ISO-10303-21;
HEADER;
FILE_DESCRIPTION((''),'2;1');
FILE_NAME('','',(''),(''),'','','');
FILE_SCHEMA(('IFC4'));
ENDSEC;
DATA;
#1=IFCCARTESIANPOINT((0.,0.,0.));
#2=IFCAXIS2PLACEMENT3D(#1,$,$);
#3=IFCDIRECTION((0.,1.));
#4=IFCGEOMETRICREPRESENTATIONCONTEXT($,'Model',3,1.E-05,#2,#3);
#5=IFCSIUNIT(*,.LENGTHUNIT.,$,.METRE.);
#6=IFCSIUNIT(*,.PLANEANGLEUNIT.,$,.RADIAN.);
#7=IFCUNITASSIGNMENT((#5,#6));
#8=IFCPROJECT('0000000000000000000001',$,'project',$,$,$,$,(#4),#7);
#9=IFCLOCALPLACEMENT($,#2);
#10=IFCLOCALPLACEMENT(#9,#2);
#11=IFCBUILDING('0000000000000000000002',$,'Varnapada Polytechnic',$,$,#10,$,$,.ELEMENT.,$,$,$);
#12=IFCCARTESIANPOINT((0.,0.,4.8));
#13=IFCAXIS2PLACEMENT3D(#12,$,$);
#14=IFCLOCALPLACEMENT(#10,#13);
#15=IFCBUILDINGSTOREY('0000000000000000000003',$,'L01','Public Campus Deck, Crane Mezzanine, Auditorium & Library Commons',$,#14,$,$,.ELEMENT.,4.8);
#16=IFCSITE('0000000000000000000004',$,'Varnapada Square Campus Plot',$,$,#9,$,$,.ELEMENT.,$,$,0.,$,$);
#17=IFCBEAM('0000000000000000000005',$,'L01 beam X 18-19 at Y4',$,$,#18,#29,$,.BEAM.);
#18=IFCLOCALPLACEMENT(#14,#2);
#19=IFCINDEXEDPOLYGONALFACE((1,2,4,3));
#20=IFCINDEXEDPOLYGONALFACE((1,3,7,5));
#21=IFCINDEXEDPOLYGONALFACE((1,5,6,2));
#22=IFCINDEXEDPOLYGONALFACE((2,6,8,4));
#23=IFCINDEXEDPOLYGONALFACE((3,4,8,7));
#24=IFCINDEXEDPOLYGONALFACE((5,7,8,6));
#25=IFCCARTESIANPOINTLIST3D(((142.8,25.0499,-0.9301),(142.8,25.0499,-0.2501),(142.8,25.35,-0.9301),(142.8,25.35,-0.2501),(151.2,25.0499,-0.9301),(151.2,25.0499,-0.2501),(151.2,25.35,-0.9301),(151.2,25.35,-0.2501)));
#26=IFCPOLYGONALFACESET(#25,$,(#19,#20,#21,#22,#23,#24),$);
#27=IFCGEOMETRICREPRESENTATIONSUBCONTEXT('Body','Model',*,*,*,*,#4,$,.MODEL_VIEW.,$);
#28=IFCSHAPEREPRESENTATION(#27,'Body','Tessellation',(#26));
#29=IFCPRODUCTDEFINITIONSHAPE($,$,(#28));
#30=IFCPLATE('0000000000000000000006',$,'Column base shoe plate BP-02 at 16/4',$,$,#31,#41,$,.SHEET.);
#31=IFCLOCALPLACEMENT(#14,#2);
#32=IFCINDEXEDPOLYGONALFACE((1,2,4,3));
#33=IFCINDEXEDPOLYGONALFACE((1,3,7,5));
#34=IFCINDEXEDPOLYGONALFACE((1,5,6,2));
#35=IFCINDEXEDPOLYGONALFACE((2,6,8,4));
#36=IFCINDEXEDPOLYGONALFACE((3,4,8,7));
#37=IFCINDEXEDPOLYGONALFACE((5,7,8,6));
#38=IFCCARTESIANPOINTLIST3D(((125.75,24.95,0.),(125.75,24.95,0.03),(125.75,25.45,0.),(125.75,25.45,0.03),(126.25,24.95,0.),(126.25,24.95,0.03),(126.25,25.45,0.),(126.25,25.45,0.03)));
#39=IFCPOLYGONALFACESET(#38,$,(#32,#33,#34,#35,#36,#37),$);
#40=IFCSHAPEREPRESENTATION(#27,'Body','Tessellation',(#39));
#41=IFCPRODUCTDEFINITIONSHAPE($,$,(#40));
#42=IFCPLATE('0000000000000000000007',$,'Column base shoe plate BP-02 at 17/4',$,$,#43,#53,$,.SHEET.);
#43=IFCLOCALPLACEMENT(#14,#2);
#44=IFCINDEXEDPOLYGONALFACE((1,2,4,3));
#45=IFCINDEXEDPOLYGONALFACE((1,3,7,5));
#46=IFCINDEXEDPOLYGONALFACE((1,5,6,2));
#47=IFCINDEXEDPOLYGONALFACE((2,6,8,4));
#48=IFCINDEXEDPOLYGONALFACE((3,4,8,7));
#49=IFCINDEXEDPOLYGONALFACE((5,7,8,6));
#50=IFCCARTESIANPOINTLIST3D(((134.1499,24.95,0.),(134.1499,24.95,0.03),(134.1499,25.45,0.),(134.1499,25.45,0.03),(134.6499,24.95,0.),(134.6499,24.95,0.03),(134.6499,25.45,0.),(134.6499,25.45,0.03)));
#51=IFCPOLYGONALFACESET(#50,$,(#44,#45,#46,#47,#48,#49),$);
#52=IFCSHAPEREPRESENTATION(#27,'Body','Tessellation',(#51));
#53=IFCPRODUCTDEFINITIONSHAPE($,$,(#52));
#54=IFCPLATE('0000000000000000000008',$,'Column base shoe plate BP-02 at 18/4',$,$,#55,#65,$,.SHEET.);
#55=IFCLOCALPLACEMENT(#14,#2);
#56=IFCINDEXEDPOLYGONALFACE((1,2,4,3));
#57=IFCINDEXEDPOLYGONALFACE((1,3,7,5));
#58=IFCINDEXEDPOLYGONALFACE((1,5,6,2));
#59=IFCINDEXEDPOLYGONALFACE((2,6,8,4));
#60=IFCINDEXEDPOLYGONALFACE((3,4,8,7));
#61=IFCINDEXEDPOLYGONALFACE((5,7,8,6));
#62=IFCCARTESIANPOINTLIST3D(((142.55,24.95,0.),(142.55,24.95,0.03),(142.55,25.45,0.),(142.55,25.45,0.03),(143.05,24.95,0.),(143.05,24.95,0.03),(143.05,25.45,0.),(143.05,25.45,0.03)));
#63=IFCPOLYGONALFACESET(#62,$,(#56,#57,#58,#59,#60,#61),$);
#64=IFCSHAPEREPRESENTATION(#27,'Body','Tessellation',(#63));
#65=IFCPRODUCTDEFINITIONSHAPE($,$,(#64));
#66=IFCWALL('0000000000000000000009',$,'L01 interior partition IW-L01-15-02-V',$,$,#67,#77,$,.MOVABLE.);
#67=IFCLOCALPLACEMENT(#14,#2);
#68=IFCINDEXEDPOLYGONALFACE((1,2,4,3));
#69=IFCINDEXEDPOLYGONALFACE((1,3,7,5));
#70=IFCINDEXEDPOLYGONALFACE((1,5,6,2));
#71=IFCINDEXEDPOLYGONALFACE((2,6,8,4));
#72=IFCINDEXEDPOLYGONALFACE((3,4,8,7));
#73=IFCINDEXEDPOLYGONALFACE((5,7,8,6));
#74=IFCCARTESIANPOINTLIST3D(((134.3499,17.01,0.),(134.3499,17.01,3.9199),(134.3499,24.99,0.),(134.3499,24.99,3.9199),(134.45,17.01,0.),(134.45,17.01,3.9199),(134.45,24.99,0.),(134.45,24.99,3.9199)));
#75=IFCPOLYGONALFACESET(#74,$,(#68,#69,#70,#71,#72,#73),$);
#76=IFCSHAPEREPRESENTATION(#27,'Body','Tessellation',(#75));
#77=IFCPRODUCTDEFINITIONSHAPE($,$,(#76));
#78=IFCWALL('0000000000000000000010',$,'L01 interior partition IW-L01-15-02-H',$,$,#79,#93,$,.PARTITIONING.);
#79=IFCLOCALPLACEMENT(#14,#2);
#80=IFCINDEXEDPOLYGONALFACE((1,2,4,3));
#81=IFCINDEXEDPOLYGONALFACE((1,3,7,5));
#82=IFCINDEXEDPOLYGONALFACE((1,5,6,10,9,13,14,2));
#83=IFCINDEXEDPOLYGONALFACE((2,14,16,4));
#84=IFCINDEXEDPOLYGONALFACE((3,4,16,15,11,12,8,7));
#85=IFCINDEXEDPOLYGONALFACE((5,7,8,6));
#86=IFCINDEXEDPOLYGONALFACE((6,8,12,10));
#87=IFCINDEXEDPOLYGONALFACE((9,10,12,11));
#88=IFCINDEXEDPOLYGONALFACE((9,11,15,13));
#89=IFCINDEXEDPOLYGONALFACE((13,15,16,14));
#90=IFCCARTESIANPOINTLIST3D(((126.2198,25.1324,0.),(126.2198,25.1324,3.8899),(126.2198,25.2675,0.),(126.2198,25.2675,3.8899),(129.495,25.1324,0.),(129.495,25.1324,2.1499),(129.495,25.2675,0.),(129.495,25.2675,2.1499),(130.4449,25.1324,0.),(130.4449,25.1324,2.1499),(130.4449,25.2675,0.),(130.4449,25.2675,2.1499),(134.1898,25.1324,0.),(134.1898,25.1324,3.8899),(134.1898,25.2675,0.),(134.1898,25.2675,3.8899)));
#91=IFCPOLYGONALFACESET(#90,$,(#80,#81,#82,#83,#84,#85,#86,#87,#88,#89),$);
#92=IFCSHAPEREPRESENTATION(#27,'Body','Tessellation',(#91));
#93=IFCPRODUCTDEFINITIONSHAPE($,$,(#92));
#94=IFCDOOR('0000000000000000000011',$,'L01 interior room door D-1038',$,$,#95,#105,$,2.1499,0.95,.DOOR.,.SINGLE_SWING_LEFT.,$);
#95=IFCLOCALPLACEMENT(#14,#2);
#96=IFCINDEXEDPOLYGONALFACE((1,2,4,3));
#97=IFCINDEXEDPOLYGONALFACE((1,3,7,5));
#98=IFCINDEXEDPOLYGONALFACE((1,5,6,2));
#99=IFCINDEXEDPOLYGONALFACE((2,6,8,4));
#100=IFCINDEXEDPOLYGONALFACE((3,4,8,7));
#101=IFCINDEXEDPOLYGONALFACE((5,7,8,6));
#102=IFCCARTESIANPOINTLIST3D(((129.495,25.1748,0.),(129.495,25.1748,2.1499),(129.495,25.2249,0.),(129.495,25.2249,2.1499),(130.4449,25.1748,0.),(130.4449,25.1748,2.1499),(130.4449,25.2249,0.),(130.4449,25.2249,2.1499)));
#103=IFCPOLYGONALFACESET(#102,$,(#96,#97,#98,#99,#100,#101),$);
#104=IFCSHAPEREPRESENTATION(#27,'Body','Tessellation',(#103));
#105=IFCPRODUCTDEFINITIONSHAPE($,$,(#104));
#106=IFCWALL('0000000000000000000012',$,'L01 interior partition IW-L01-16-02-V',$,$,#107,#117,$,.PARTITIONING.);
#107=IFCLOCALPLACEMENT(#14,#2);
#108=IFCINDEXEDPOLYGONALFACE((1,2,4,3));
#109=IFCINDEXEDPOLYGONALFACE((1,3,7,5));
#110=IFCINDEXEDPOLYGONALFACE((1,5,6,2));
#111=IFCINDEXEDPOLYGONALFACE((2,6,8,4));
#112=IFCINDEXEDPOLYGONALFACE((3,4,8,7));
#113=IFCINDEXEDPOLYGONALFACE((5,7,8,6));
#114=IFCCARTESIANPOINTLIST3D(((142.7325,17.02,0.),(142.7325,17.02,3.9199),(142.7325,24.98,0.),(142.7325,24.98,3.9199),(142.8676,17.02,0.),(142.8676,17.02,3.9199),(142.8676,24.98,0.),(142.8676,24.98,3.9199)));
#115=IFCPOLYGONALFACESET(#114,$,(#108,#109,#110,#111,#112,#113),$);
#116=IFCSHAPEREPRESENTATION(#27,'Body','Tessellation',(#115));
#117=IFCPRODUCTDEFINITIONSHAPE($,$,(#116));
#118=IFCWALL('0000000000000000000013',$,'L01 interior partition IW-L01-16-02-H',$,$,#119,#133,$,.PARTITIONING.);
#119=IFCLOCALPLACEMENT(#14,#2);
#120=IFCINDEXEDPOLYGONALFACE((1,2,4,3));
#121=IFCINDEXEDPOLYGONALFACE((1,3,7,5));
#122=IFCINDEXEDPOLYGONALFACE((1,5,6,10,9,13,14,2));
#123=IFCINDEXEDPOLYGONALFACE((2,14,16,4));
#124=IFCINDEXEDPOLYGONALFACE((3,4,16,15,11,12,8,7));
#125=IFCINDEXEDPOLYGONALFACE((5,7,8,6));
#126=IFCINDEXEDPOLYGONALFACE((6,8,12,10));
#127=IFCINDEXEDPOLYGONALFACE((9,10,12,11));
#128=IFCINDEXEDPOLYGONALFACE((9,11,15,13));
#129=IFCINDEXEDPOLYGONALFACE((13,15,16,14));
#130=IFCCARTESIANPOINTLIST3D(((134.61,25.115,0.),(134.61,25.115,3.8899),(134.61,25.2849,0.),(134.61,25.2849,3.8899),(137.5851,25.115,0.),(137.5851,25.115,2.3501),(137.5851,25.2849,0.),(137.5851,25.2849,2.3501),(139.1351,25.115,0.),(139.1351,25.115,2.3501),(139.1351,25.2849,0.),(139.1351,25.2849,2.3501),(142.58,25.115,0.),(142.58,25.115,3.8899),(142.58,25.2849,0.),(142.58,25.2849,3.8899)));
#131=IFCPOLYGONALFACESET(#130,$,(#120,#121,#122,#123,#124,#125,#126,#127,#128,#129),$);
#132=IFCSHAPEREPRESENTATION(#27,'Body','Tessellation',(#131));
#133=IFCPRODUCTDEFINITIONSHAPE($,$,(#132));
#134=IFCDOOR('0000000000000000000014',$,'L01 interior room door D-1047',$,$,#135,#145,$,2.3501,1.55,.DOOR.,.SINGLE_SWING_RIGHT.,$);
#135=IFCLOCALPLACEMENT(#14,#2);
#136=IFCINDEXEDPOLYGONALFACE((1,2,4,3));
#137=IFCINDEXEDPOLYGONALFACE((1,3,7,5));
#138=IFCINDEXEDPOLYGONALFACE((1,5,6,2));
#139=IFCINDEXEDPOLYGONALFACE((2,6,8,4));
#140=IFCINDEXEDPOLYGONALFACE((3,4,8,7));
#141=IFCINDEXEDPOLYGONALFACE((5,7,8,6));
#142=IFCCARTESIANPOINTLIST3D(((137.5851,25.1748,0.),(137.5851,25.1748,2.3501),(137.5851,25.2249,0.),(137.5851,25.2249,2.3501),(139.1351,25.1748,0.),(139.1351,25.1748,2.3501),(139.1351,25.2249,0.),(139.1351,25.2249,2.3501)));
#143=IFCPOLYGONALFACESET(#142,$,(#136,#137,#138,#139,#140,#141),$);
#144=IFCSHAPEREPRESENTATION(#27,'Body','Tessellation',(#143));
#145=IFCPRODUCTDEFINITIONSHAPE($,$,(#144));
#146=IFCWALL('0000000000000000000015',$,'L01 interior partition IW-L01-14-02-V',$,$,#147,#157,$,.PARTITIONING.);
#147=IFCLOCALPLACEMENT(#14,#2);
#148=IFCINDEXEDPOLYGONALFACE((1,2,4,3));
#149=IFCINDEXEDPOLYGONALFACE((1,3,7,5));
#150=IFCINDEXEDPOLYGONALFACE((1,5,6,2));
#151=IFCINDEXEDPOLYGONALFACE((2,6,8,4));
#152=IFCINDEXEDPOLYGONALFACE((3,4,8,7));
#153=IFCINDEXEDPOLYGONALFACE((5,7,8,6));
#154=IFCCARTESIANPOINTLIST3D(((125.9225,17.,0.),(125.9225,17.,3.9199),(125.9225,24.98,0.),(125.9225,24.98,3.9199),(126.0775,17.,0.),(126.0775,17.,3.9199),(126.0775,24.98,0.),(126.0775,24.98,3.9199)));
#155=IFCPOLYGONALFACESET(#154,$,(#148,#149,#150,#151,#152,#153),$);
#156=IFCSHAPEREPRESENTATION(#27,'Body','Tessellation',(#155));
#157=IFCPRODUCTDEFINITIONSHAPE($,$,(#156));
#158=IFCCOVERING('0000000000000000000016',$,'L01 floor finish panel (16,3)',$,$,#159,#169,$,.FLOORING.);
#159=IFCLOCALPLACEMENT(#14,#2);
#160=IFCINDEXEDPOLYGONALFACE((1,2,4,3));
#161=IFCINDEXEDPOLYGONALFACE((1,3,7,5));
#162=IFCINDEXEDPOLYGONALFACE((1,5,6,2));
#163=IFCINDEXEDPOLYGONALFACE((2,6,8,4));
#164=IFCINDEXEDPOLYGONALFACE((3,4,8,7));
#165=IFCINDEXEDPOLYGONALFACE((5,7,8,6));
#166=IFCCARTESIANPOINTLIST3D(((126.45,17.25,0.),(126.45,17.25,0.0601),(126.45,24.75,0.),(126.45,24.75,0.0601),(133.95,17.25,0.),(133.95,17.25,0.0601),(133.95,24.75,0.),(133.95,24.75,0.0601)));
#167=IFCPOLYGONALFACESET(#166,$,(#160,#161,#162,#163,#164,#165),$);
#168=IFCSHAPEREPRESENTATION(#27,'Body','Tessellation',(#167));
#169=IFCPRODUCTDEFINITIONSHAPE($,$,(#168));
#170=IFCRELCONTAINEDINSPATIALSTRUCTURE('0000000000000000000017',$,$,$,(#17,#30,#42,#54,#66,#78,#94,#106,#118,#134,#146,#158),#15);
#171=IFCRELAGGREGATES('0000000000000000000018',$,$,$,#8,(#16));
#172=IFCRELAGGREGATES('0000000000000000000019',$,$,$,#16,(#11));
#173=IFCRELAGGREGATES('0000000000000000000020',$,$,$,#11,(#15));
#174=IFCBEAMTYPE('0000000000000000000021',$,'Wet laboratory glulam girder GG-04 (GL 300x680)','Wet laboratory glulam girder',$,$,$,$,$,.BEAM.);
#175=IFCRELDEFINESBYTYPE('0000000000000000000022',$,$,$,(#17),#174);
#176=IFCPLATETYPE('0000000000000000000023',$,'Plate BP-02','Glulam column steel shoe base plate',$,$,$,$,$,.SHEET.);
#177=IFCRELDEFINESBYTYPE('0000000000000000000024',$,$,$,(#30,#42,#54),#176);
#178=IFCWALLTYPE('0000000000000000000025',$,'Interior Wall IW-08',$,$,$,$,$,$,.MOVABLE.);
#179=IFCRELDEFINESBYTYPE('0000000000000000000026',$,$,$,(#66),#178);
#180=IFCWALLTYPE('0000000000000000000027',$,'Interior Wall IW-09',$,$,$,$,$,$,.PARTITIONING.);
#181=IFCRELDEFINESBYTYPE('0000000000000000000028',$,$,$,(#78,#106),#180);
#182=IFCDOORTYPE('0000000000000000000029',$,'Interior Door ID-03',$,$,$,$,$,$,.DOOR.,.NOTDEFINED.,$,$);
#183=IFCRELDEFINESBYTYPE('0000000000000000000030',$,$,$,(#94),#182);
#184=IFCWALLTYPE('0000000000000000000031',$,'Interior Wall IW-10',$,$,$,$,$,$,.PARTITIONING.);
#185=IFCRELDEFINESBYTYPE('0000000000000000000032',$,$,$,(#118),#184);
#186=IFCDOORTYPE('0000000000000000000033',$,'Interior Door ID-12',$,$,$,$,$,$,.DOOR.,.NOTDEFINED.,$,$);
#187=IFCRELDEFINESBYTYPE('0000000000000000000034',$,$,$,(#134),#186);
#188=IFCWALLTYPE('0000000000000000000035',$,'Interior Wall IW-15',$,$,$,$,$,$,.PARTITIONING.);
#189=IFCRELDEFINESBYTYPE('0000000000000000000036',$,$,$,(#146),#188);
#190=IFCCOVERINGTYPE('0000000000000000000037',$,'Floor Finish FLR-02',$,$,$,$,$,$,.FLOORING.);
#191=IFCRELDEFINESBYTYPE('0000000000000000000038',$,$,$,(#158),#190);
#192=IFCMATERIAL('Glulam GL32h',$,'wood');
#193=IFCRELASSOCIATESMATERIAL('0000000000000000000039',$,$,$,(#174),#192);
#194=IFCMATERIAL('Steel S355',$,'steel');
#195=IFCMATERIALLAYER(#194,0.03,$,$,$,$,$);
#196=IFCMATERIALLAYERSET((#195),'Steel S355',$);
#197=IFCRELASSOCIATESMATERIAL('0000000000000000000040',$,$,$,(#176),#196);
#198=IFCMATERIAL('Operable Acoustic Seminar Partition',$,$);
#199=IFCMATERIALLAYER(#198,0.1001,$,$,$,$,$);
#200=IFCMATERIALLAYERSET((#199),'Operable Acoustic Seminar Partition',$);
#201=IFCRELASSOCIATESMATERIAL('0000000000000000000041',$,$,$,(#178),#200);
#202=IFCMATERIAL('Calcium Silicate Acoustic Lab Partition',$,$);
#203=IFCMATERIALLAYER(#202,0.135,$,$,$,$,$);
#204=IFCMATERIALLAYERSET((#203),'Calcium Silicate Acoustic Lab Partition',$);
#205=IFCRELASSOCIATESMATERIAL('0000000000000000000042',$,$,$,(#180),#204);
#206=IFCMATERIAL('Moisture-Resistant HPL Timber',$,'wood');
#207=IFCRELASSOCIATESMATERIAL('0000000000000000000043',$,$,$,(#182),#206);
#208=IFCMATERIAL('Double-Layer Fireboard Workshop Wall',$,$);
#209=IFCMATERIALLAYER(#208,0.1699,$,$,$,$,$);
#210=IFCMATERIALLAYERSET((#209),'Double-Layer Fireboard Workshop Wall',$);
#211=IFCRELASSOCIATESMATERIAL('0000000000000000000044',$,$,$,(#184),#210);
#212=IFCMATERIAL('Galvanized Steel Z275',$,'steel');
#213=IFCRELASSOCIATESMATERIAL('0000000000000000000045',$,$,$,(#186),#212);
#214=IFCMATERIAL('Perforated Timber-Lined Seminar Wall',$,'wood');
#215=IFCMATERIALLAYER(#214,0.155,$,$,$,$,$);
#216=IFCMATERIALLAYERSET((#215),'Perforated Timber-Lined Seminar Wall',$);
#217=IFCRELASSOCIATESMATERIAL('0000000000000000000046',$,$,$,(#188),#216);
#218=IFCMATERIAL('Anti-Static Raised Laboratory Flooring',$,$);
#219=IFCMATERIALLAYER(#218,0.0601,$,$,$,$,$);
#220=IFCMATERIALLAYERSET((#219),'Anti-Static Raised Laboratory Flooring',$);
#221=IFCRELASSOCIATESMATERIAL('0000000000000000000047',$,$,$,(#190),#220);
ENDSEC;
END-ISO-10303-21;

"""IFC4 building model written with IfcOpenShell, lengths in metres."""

from ifc_helpers import new_model, si_unit, direction, frame, frame_2d, origin, origin_2d, place, context, subcontext, project, spatial, rectangle, extrude, material, layer, layer_set, material_profile, profile_set, type_object, element, fill, save


model = new_model("IFC4")

# Units and contexts
model_context = context("Model", 3, precision=1e-05, world=origin(), true_north=direction((0.0, 1.0)))
body_context = subcontext(model_context, "Body", "Model", "MODEL_VIEW")
ifc_project = project(units=[si_unit("LENGTHUNIT", "METRE"), si_unit("PLANEANGLEUNIT", "RADIAN")], contexts=[model_context])

# Site, building, storey
site_placement = place(None, origin())
site = spatial("IfcSite", under=ifc_project, at=site_placement, Name="Varnapada Square Campus Plot", CompositionType="ELEMENT", RefElevation=0.0)
building_placement = place(site_placement, origin())
building = spatial("IfcBuilding", under=site, at=building_placement, Name="Varnapada Polytechnic", CompositionType="ELEMENT")
storey_placement = place(building_placement, frame((0.0, 0.0, 4.8)))
storey = spatial("IfcBuildingStorey", under=building, at=storey_placement, Name="L01", Description="Public Campus Deck, Crane Mezzanine, Auditorium & Library Commons", CompositionType="ELEMENT", Elevation=4.8)

# Shared definitions
ifc_material_1 = material(Name="Glulam GL32h", Category="wood")

# Beam
ifc_material_profile_1 = material_profile(ifc_material_1, rectangle(XDim=0.3, YDim=0.6799, at=origin_2d()), Name="GL 300x680")
ifc_profile_set_1 = profile_set([ifc_material_profile_1], Name="Glulam GL32h")
beam_type_1 = type_object("IfcBeamType", Name="Wet laboratory glulam girder GG-04 (GL 300x680)", Description="Wet laboratory glulam girder", PredefinedType="BEAM", material=ifc_profile_set_1)
for number, where, z_axis, x_axis, name in (
    (1, (142.8, 25.2, -0.5901), (1.0, 0.0, 0.0), (0.0, 1.0, 0.0), "L01 beam X 18-19 at Y4"),
):
    element("IfcBeam", number, at=place(storey_placement, frame(where, z_axis=z_axis, x_axis=x_axis)), inside=storey, type_object=beam_type_1, Name=name, PredefinedType="BEAM", context=body_context, shape_type="SweptSolid", body=[
        extrude(rectangle(XDim=0.3, YDim=0.6799, at=origin_2d()), origin(), (0.0, 0.0, 1.0), 8.3999),
    ])

# Plates
ifc_material_2 = material(Name="Steel S355", Category="steel")
ifc_layer_1 = layer(ifc_material_2, 0.03)
ifc_layer_set_1 = layer_set([ifc_layer_1], Name="Steel S355")
plate_type = type_object("IfcPlateType", Name="Plate BP-02", Description="Glulam column steel shoe base plate", PredefinedType="SHEET", material=ifc_layer_set_1)
for number, where, z_axis, x_axis, name in (
    (2, (126.0, 25.2, 0.0), (0.0, 0.0, 1.0), (1.0, 0.0, 0.0), "Column base shoe plate BP-02 at 16/4"),
    (3, (134.3999, 25.2, 0.0), (0.0, 0.0, 1.0), (1.0, 0.0, 0.0), "Column base shoe plate BP-02 at 17/4"),
    (4, (142.8, 25.2, 0.0), (0.0, 0.0, 1.0), (1.0, 0.0, 0.0), "Column base shoe plate BP-02 at 18/4"),
):
    element("IfcPlate", number, at=place(storey_placement, frame(where, z_axis=z_axis, x_axis=x_axis)), inside=storey, type_object=plate_type, Name=name, PredefinedType="SHEET", context=body_context, shape_type="SweptSolid", body=[
        extrude(rectangle(XDim=0.5, YDim=0.5, at=origin_2d()), origin(), (0.0, 0.0, 1.0), 0.03),
    ])

# Wall
ifc_material_3 = material(Name="Operable Acoustic Seminar Partition")
ifc_layer_2 = layer(ifc_material_3, 0.1001)
ifc_layer_set_2 = layer_set([ifc_layer_2], Name="Operable Acoustic Seminar Partition")
wall_type_1 = type_object("IfcWallType", Name="Interior Wall IW-08", PredefinedType="MOVABLE", material=ifc_layer_set_2)
wall_1_placement = place(storey_placement, frame((134.3999, 17.01, 0.0), z_axis=(0.0, 0.0, 1.0), x_axis=(0.0, 1.0, 0.0)))
element("IfcWall", 5, at=wall_1_placement, inside=storey, type_object=wall_type_1, Name="L01 interior partition IW-L01-15-02-V", PredefinedType="MOVABLE", context=body_context, shape_type="SweptSolid", body=[
    extrude(rectangle(XDim=7.98, YDim=0.1001, at=frame_2d((3.99, 0.0))), origin(), (0.0, 0.0, 1.0), 3.9199),
])

# Wall, opening, door
ifc_material_4 = material(Name="Calcium Silicate Acoustic Lab Partition")
ifc_layer_3 = layer(ifc_material_4, 0.135)
ifc_layer_set_3 = layer_set([ifc_layer_3], Name="Calcium Silicate Acoustic Lab Partition")
wall_type_2 = type_object("IfcWallType", Name="Interior Wall IW-09", PredefinedType="PARTITIONING", material=ifc_layer_set_3)
wall_2_placement = place(storey_placement, frame((126.22, 25.2, 0.0), z_axis=(0.0, 0.0, 1.0), x_axis=(1.0, 0.0, 0.0)))
wall_2 = element("IfcWall", 6, at=wall_2_placement, inside=storey, type_object=wall_type_2, Name="L01 interior partition IW-L01-15-02-H", PredefinedType="PARTITIONING", context=body_context, shape_type="SweptSolid", body=[
    extrude(rectangle(XDim=7.97, YDim=0.135, at=frame_2d((3.9849, 0.0))), origin(), (0.0, 0.0, 1.0), 3.8899),
])
opening_1_placement = place(wall_2_placement, frame((3.2749, 0.0, 0.0)))
opening_1 = element("IfcOpeningElement", 7, at=opening_1_placement, cuts=wall_2, PredefinedType="OPENING", context=body_context, shape_type="SweptSolid", body=[
    extrude(rectangle(XDim=0.95, YDim=2.1499, at=frame_2d((0.4751, 1.075))), frame((0.0, 0.0774, 0.0), z_axis=(0.0, -1.0, 0.0), x_axis=(1.0, 0.0, 0.0)), (0.0, 0.0, 1.0), 0.155),
])
ifc_material_5 = material(Name="Moisture-Resistant HPL Timber", Category="wood")
door_type_1 = type_object("IfcDoorType", Name="Interior Door ID-03", OperationType="NOTDEFINED", PredefinedType="DOOR", material=ifc_material_5)
door_1_placement = place(opening_1_placement, origin())
door_1 = element("IfcDoor", 8, at=door_1_placement, inside=storey, type_object=door_type_1, Name="L01 interior room door D-1038", OperationType="SINGLE_SWING_LEFT", OverallHeight=2.1499, OverallWidth=0.95, PredefinedType="DOOR", context=body_context, shape_type="SweptSolid", body=[
    extrude(rectangle(XDim=0.95, YDim=2.1499, at=frame_2d((0.4751, 1.075))), frame((0.0, 0.0249, 0.0), z_axis=(0.0, -1.0, 0.0), x_axis=(1.0, 0.0, 0.0)), (0.0, 0.0, 1.0), 0.05),
])
fill(opening_1, door_1)

# Wall
wall_3_placement = place(storey_placement, frame((142.8, 17.02, 0.0), z_axis=(0.0, 0.0, 1.0), x_axis=(0.0, 1.0, 0.0)))
element("IfcWall", 9, at=wall_3_placement, inside=storey, type_object=wall_type_2, Name="L01 interior partition IW-L01-16-02-V", PredefinedType="PARTITIONING", context=body_context, shape_type="SweptSolid", body=[
    extrude(rectangle(XDim=7.96, YDim=0.135, at=frame_2d((3.98, 0.0))), origin(), (0.0, 0.0, 1.0), 3.9199),
])

# Wall, opening, door
ifc_material_6 = material(Name="Double-Layer Fireboard Workshop Wall")
ifc_layer_4 = layer(ifc_material_6, 0.1699)
ifc_layer_set_4 = layer_set([ifc_layer_4], Name="Double-Layer Fireboard Workshop Wall")
wall_type_3 = type_object("IfcWallType", Name="Interior Wall IW-10", PredefinedType="PARTITIONING", material=ifc_layer_set_4)
wall_4_placement = place(storey_placement, frame((134.6101, 25.2, 0.0), z_axis=(0.0, 0.0, 1.0), x_axis=(1.0, 0.0, 0.0)))
wall_4 = element("IfcWall", 10, at=wall_4_placement, inside=storey, type_object=wall_type_3, Name="L01 interior partition IW-L01-16-02-H", PredefinedType="PARTITIONING", context=body_context, shape_type="SweptSolid", body=[
    extrude(rectangle(XDim=7.97, YDim=0.1699, at=frame_2d((3.9849, 0.0))), origin(), (0.0, 0.0, 1.0), 3.8899),
])
opening_2_placement = place(wall_4_placement, frame((2.9751, 0.0, 0.0)))
opening_2 = element("IfcOpeningElement", 11, at=opening_2_placement, cuts=wall_4, PredefinedType="OPENING", context=body_context, shape_type="SweptSolid", body=[
    extrude(rectangle(XDim=1.55, YDim=2.3501, at=frame_2d((0.7749, 1.175))), frame((0.0, 0.095, 0.0), z_axis=(0.0, -1.0, 0.0), x_axis=(1.0, 0.0, 0.0)), (0.0, 0.0, 1.0), 0.1899),
])
ifc_material_7 = material(Name="Galvanized Steel Z275", Category="steel")
door_type_2 = type_object("IfcDoorType", Name="Interior Door ID-12", OperationType="NOTDEFINED", PredefinedType="DOOR", material=ifc_material_7)
door_2_placement = place(opening_2_placement, origin())
door_2 = element("IfcDoor", 12, at=door_2_placement, inside=storey, type_object=door_type_2, Name="L01 interior room door D-1047", OperationType="SINGLE_SWING_RIGHT", OverallHeight=2.3501, OverallWidth=1.55, PredefinedType="DOOR", context=body_context, shape_type="SweptSolid", body=[
    extrude(rectangle(XDim=1.55, YDim=2.3501, at=frame_2d((0.7749, 1.175))), frame((0.0, 0.0249, 0.0), z_axis=(0.0, -1.0, 0.0), x_axis=(1.0, 0.0, 0.0)), (0.0, 0.0, 1.0), 0.05),
])
fill(opening_2, door_2)

# Wall
ifc_material_8 = material(Name="Perforated Timber-Lined Seminar Wall", Category="wood")
ifc_layer_5 = layer(ifc_material_8, 0.155)
ifc_layer_set_5 = layer_set([ifc_layer_5], Name="Perforated Timber-Lined Seminar Wall")
wall_type_4 = type_object("IfcWallType", Name="Interior Wall IW-15", PredefinedType="PARTITIONING", material=ifc_layer_set_5)
wall_5_placement = place(storey_placement, frame((126.0, 17.0, 0.0), z_axis=(0.0, 0.0, 1.0), x_axis=(0.0, 1.0, 0.0)))
element("IfcWall", 13, at=wall_5_placement, inside=storey, type_object=wall_type_4, Name="L01 interior partition IW-L01-14-02-V", PredefinedType="PARTITIONING", context=body_context, shape_type="SweptSolid", body=[
    extrude(rectangle(XDim=7.98, YDim=0.155, at=frame_2d((3.99, 0.0))), origin(), (0.0, 0.0, 1.0), 3.9199),
])

# Covering
ifc_material_9 = material(Name="Anti-Static Raised Laboratory Flooring")
ifc_layer_6 = layer(ifc_material_9, 0.0601)
ifc_layer_set_6 = layer_set([ifc_layer_6], Name="Anti-Static Raised Laboratory Flooring")
covering_type_1 = type_object("IfcCoveringType", Name="Floor Finish FLR-02", PredefinedType="FLOORING", material=ifc_layer_set_6)
covering_1_placement = place(storey_placement, frame((130.2, 21.0, 0.0), z_axis=(0.0, 0.0, 1.0), x_axis=(1.0, 0.0, 0.0)))
element("IfcCovering", 14, at=covering_1_placement, inside=storey, type_object=covering_type_1, Name="L01 floor finish panel (16,3)", PredefinedType="FLOORING", context=body_context, shape_type="SweptSolid", body=[
    extrude(rectangle(XDim=7.5, YDim=7.5, at=origin_2d()), origin(), (0.0, 0.0, 1.0), 0.0601),
])

save(model, "model.ifc")
